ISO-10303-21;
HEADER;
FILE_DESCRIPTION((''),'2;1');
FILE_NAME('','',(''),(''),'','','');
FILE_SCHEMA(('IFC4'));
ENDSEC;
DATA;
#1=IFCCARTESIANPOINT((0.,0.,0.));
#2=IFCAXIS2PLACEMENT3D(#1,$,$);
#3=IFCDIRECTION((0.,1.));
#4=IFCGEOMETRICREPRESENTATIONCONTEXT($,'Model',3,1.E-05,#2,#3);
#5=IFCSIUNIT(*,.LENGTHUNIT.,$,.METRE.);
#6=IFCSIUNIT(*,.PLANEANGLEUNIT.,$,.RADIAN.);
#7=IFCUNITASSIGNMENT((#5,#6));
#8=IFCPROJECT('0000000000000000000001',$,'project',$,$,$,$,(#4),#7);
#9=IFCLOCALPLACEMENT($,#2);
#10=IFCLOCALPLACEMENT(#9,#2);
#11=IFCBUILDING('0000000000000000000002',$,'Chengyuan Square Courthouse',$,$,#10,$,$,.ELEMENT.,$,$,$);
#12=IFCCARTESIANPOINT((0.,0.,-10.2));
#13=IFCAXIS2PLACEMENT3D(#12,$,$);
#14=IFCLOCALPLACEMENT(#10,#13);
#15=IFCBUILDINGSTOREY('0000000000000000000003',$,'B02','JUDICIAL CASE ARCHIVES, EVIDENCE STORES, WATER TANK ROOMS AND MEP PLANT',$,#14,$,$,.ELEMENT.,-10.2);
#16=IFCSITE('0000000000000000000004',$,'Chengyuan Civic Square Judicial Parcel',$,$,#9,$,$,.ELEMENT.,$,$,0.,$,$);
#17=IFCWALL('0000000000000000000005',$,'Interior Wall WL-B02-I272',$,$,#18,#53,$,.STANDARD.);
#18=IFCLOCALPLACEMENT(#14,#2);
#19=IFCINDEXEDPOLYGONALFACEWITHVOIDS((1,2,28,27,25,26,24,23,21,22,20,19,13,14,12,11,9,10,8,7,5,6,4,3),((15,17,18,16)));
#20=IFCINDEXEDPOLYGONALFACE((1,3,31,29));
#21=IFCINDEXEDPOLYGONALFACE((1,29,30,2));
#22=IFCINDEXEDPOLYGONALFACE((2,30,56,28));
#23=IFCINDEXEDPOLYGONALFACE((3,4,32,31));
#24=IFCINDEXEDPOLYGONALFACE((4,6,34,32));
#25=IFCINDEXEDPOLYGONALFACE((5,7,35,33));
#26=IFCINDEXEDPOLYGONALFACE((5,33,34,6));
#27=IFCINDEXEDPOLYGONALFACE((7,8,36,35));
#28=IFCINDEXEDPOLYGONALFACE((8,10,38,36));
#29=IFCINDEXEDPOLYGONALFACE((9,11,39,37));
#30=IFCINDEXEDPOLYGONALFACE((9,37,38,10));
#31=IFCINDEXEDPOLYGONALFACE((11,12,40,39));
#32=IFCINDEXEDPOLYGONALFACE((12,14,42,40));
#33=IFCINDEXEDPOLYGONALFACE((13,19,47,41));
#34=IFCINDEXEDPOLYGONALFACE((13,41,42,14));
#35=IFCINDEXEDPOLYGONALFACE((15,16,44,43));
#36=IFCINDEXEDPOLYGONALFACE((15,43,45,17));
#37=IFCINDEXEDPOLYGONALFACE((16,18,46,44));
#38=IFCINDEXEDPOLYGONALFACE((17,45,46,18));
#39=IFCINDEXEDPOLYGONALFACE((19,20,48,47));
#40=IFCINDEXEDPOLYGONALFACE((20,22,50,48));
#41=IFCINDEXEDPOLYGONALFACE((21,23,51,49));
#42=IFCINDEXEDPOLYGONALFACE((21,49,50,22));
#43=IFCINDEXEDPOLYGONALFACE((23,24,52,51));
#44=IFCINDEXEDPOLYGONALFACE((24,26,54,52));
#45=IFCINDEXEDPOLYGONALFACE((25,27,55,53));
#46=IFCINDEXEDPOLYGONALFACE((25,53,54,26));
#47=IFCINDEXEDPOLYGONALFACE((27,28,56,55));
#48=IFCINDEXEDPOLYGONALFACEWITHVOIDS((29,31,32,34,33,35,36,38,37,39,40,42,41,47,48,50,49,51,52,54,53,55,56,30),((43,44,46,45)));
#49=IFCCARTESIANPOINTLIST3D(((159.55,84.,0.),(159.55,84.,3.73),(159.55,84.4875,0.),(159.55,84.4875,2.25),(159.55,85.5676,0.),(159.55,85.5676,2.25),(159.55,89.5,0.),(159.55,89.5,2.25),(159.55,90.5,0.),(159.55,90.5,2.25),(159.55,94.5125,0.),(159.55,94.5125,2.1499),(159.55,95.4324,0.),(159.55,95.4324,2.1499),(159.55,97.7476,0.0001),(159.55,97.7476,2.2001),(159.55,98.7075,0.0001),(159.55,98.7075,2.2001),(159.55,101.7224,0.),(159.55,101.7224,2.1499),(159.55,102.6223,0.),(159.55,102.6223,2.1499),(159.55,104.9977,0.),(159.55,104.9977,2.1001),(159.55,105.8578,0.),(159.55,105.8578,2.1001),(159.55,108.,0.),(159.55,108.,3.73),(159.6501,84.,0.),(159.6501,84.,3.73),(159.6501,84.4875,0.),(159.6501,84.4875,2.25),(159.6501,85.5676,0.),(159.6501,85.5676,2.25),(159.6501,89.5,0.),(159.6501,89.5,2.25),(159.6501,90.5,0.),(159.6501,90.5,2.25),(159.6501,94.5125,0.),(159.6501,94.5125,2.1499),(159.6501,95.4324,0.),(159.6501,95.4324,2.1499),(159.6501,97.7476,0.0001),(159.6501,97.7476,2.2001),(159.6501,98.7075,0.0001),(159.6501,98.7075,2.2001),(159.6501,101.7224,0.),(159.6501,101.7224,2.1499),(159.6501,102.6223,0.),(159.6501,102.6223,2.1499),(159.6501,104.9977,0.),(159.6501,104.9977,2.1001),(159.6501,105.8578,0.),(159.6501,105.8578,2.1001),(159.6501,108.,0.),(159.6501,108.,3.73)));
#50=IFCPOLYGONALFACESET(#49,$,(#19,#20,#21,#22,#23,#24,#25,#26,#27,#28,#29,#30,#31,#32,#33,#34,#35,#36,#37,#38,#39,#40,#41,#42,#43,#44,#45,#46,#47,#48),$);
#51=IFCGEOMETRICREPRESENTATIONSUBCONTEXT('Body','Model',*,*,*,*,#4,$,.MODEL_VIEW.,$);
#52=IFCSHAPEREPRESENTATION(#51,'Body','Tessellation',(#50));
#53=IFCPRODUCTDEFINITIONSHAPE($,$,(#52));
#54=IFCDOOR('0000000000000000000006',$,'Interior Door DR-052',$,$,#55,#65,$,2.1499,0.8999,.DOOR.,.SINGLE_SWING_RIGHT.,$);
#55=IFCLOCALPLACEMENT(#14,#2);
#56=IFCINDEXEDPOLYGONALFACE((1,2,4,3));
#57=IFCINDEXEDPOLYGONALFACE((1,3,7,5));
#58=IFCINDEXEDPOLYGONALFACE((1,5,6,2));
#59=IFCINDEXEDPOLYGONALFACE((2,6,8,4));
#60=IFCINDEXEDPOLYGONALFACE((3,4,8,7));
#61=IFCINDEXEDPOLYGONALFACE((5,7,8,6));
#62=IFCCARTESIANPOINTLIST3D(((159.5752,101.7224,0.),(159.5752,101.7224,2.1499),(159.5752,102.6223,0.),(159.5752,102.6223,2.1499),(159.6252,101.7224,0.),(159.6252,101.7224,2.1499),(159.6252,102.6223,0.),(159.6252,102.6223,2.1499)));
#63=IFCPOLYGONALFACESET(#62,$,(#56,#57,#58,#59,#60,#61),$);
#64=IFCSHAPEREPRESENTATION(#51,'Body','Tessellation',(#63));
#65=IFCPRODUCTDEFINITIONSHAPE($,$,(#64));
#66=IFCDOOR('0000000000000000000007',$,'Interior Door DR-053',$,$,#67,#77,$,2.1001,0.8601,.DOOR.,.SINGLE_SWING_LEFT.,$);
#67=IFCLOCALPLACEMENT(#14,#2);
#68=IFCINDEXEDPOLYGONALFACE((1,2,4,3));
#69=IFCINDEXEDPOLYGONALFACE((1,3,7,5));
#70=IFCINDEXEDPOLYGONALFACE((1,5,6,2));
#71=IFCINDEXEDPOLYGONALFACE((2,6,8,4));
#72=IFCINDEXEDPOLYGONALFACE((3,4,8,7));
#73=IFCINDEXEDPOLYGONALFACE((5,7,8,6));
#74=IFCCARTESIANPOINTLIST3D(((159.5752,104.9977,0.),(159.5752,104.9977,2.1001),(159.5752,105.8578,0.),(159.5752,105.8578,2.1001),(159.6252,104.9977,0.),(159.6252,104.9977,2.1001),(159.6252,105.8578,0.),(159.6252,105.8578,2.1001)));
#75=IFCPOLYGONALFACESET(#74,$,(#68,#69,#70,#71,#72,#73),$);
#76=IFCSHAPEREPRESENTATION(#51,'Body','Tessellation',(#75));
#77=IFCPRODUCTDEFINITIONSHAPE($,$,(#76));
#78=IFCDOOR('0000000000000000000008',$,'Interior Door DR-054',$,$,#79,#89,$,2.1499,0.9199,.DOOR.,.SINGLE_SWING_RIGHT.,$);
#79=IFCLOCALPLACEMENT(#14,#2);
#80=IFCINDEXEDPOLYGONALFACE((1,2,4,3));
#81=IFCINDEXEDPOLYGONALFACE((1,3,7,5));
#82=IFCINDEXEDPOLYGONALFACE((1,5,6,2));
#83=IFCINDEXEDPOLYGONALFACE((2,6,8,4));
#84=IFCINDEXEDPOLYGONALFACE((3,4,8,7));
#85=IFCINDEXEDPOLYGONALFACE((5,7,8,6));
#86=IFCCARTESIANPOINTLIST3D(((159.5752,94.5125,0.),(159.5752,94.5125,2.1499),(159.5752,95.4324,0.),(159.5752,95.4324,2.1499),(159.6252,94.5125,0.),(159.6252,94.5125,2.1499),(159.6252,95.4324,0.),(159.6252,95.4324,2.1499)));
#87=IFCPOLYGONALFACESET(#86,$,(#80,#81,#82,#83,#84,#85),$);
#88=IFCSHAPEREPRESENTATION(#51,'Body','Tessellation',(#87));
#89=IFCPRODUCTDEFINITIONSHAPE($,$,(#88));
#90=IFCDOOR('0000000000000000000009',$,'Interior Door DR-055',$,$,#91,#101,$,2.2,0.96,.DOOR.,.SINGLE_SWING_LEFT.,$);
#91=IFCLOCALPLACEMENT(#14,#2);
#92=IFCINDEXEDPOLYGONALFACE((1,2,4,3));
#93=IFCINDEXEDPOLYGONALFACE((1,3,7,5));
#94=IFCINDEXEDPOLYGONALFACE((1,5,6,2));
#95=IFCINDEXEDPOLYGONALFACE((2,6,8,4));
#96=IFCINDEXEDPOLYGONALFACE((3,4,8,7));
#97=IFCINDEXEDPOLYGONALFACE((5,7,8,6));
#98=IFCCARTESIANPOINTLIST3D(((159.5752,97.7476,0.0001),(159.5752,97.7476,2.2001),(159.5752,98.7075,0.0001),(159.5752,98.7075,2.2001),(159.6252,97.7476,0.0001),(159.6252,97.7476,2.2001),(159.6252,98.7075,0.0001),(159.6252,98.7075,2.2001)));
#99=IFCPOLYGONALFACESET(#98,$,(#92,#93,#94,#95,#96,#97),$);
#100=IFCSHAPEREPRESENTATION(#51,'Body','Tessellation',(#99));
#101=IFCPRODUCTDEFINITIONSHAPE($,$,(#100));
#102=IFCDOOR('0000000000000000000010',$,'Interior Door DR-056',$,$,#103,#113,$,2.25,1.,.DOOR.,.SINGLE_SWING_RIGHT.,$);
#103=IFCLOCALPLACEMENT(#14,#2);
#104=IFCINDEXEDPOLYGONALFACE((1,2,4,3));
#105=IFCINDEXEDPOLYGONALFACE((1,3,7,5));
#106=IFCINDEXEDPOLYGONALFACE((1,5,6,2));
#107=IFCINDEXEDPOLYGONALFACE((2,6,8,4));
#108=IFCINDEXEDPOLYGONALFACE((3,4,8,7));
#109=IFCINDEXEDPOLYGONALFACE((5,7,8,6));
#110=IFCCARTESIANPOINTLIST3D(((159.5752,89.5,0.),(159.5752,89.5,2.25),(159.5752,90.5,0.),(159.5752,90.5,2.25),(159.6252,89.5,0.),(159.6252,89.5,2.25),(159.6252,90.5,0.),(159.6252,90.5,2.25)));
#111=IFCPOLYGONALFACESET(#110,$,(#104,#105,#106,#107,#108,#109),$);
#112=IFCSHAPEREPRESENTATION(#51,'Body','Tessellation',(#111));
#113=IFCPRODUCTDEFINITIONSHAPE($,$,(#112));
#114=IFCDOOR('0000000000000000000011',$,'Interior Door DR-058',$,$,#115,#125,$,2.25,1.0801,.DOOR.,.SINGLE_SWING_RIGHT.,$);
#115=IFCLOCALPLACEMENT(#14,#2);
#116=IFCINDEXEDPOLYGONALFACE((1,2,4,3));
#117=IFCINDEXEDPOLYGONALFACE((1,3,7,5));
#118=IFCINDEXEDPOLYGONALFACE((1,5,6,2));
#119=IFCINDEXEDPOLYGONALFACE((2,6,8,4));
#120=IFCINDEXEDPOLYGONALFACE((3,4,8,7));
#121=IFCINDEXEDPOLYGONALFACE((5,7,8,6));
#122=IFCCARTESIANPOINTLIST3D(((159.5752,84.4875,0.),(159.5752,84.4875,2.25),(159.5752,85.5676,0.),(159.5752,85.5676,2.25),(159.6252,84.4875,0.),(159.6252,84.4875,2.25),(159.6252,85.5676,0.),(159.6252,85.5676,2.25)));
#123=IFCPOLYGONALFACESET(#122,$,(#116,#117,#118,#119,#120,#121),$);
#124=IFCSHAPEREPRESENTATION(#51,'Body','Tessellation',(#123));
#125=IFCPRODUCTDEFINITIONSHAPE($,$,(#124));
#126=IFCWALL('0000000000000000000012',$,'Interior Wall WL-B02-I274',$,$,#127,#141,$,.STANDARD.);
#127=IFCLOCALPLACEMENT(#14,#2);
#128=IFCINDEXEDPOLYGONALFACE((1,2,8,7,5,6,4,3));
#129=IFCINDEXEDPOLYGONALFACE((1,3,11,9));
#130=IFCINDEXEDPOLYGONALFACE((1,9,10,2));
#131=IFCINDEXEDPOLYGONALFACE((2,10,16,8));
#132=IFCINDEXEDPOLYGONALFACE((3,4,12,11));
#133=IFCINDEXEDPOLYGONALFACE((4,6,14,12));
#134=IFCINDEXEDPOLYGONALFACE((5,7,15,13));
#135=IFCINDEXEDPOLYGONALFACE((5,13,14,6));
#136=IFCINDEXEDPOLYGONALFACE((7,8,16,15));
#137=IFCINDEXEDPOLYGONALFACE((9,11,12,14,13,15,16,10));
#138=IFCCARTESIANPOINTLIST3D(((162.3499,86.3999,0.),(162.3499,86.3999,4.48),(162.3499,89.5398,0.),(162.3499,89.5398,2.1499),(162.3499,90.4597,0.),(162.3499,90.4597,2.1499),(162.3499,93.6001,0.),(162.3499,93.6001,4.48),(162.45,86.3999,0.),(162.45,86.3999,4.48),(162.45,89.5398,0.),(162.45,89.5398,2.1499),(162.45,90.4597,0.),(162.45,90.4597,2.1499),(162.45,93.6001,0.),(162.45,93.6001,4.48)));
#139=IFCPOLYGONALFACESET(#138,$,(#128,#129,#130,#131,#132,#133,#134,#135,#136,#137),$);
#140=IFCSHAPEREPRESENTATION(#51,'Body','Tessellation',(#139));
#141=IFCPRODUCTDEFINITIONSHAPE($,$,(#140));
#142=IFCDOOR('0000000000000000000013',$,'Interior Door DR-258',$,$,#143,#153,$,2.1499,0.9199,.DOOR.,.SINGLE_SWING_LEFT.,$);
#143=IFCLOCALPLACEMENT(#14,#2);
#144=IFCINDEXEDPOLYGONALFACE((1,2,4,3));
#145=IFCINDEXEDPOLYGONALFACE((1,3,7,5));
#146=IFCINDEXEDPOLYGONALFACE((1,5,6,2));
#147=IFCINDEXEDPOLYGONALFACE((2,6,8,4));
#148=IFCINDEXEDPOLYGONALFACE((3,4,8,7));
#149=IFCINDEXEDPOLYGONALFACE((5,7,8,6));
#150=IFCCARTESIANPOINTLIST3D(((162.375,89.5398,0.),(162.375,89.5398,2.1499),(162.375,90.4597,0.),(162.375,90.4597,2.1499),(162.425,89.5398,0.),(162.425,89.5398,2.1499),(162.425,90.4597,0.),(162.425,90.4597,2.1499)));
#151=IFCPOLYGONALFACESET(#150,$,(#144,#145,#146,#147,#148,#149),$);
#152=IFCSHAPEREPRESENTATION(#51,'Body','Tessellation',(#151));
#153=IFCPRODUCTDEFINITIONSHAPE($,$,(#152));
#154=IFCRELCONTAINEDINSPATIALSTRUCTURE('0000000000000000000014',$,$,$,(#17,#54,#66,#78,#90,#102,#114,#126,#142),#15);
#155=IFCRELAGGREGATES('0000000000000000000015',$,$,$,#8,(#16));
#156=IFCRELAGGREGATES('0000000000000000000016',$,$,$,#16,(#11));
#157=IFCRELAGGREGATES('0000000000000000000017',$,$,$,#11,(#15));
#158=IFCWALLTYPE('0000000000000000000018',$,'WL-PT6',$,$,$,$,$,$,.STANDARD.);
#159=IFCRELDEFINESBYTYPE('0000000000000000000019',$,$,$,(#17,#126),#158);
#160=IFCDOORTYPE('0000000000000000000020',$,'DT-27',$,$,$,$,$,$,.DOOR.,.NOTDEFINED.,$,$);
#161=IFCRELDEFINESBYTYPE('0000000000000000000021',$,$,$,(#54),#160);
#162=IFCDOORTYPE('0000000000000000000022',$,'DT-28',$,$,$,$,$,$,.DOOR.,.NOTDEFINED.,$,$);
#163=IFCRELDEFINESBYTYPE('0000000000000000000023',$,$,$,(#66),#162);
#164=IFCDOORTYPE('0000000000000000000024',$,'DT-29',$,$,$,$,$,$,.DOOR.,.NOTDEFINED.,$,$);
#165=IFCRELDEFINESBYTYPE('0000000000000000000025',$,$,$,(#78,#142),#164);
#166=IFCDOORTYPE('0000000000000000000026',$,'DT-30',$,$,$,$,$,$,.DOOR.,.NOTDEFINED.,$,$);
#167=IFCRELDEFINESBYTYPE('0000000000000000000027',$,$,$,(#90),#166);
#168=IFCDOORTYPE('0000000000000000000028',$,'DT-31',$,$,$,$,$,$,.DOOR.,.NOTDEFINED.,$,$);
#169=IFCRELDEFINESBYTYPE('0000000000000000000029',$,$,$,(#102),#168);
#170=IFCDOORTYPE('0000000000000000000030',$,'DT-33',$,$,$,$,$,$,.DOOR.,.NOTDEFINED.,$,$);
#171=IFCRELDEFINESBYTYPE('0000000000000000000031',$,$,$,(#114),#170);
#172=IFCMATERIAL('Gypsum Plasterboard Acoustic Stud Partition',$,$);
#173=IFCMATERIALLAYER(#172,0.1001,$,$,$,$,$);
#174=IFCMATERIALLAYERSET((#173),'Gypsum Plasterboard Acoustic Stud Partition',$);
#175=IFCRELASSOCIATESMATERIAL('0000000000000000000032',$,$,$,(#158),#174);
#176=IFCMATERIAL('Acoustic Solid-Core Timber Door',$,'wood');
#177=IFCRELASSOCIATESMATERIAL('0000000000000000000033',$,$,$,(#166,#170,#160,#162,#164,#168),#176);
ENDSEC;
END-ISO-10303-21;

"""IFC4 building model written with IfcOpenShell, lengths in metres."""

from ifc_helpers import new_model, si_unit, direction, frame, frame_2d, origin, place, context, subcontext, project, spatial, rectangle, extrude, material, layer, layer_set, type_object, element, fill, save


model = new_model("IFC4")

# Units and contexts
model_context = context("Model", 3, precision=1e-05, world=origin(), true_north=direction((0.0, 1.0)))
body_context = subcontext(model_context, "Body", "Model", "MODEL_VIEW")
ifc_project = project(units=[si_unit("LENGTHUNIT", "METRE"), si_unit("PLANEANGLEUNIT", "RADIAN")], contexts=[model_context])

# Site, building, storey
site_placement = place(None, origin())
site = spatial("IfcSite", under=ifc_project, at=site_placement, Name="Chengyuan Civic Square Judicial Parcel", CompositionType="ELEMENT", RefElevation=0.0)
building_placement = place(site_placement, origin())
building = spatial("IfcBuilding", under=site, at=building_placement, Name="Chengyuan Square Courthouse", CompositionType="ELEMENT")
storey_placement = place(building_placement, frame((0.0, 0.0, -10.2)))
storey = spatial("IfcBuildingStorey", under=building, at=storey_placement, Name="B02", Description="JUDICIAL CASE ARCHIVES, EVIDENCE STORES, WATER TANK ROOMS AND MEP PLANT", CompositionType="ELEMENT", Elevation=-10.2)

# Wall, openings, doors
ifc_material_1 = material(Name="Gypsum Plasterboard Acoustic Stud Partition")
ifc_layer_1 = layer(ifc_material_1, 0.1001)
ifc_layer_set_1 = layer_set([ifc_layer_1], Name="Gypsum Plasterboard Acoustic Stud Partition")
wall_type_1 = type_object("IfcWallType", Name="WL-PT6", PredefinedType="STANDARD", material=ifc_layer_set_1)
ifc_material_2 = material(Name="Acoustic Solid-Core Timber Door", Category="wood")
door_type_1 = type_object("IfcDoorType", Name="DT-30", OperationType="NOTDEFINED", PredefinedType="DOOR", material=ifc_material_2)
door_type_2 = type_object("IfcDoorType", Name="DT-33", OperationType="NOTDEFINED", PredefinedType="DOOR", material=ifc_material_2)
wall_1_placement = place(storey_placement, frame((159.6001, 84.0, 0.0), z_axis=(0.0, 0.0, 1.0), x_axis=(0.0, 1.0, 0.0)))
wall_1 = element("IfcWall", 1, at=wall_1_placement, inside=storey, type_object=wall_type_1, Name="Interior Wall WL-B02-I272", PredefinedType="STANDARD", context=body_context, shape_type="SweptSolid", body=[
    extrude(rectangle(XDim=24.0, YDim=0.1001, at=frame_2d((12.0, 0.0))), origin(), (0.0, 0.0, 1.0), 3.73),
])
opening_1_placement = place(wall_1_placement, frame((17.7224, 0.0, 0.0)))
opening_1 = element("IfcOpeningElement", 2, at=opening_1_placement, cuts=wall_1, PredefinedType="OPENING", context=body_context, shape_type="SweptSolid", body=[
    extrude(rectangle(XDim=0.8999, YDim=2.1499, at=frame_2d((0.45, 1.075))), frame((0.0, 0.062, 0.0), z_axis=(0.0, -1.0, 0.0), x_axis=(1.0, 0.0, 0.0)), (0.0, 0.0, 1.0), 0.124),
])
opening_2_placement = place(wall_1_placement, frame((20.9976, 0.0, 0.0)))
opening_2 = element("IfcOpeningElement", 3, at=opening_2_placement, cuts=wall_1, PredefinedType="OPENING", context=body_context, shape_type="SweptSolid", body=[
    extrude(rectangle(XDim=0.8601, YDim=2.1001, at=frame_2d((0.4302, 1.05))), frame((0.0, 0.062, 0.0), z_axis=(0.0, -1.0, 0.0), x_axis=(1.0, 0.0, 0.0)), (0.0, 0.0, 1.0), 0.124),
])
opening_3_placement = place(wall_1_placement, frame((10.5125, 0.0, 0.0)))
opening_3 = element("IfcOpeningElement", 4, at=opening_3_placement, cuts=wall_1, PredefinedType="OPENING", context=body_context, shape_type="SweptSolid", body=[
    extrude(rectangle(XDim=0.9199, YDim=2.1499, at=frame_2d((0.46, 1.075))), frame((0.0, 0.062, 0.0), z_axis=(0.0, -1.0, 0.0), x_axis=(1.0, 0.0, 0.0)), (0.0, 0.0, 1.0), 0.124),
])
opening_4_placement = place(wall_1_placement, frame((13.7476, 0.0, 0.0)))
opening_4 = element("IfcOpeningElement", 5, at=opening_4_placement, cuts=wall_1, PredefinedType="OPENING", context=body_context, shape_type="SweptSolid", body=[
    extrude(rectangle(XDim=0.96, YDim=2.2, at=frame_2d((0.48, 1.1001))), frame((0.0, 0.062, 0.0), z_axis=(0.0, -1.0, 0.0), x_axis=(1.0, 0.0, 0.0)), (0.0, 0.0, 1.0), 0.124),
])
opening_5_placement = place(wall_1_placement, frame((5.5, 0.0, 0.0)))
opening_5 = element("IfcOpeningElement", 6, at=opening_5_placement, cuts=wall_1, PredefinedType="OPENING", context=body_context, shape_type="SweptSolid", body=[
    extrude(rectangle(XDim=1.0, YDim=2.25, at=frame_2d((0.5, 1.125))), frame((0.0, 0.062, 0.0), z_axis=(0.0, -1.0, 0.0), x_axis=(1.0, 0.0, 0.0)), (0.0, 0.0, 1.0), 0.124),
])
opening_6_placement = place(wall_1_placement, frame((0.4875, 0.0, 0.0)))
opening_6 = element("IfcOpeningElement", 7, at=opening_6_placement, cuts=wall_1, PredefinedType="OPENING", context=body_context, shape_type="SweptSolid", body=[
    extrude(rectangle(XDim=1.0801, YDim=2.25, at=frame_2d((0.54, 1.125))), frame((0.0, 0.062, 0.0), z_axis=(0.0, -1.0, 0.0), x_axis=(1.0, 0.0, 0.0)), (0.0, 0.0, 1.0), 0.124),
])
door_type_3 = type_object("IfcDoorType", Name="DT-27", OperationType="NOTDEFINED", PredefinedType="DOOR", material=ifc_material_2)
door_1_placement = place(opening_1_placement, origin())
door_1 = element("IfcDoor", 8, at=door_1_placement, inside=storey, type_object=door_type_3, Name="Interior Door DR-052", OperationType="SINGLE_SWING_RIGHT", OverallHeight=2.1499, OverallWidth=0.8999, PredefinedType="DOOR", context=body_context, shape_type="SweptSolid", body=[
    extrude(rectangle(XDim=0.8999, YDim=2.1499, at=frame_2d((0.45, 1.075))), frame((0.0, 0.0249, 0.0), z_axis=(0.0, -1.0, 0.0), x_axis=(1.0, 0.0, 0.0)), (0.0, 0.0, 1.0), 0.05),
])
fill(opening_1, door_1)
door_type_4 = type_object("IfcDoorType", Name="DT-28", OperationType="NOTDEFINED", PredefinedType="DOOR", material=ifc_material_2)
door_2_placement = place(opening_2_placement, origin())
door_2 = element("IfcDoor", 9, at=door_2_placement, inside=storey, type_object=door_type_4, Name="Interior Door DR-053", OperationType="SINGLE_SWING_LEFT", OverallHeight=2.1001, OverallWidth=0.8601, PredefinedType="DOOR", context=body_context, shape_type="SweptSolid", body=[
    extrude(rectangle(XDim=0.8601, YDim=2.1001, at=frame_2d((0.4302, 1.05))), frame((0.0, 0.0249, 0.0), z_axis=(0.0, -1.0, 0.0), x_axis=(1.0, 0.0, 0.0)), (0.0, 0.0, 1.0), 0.05),
])
fill(opening_2, door_2)
door_type_5 = type_object("IfcDoorType", Name="DT-29", OperationType="NOTDEFINED", PredefinedType="DOOR", material=ifc_material_2)
door_3_placement = place(opening_3_placement, origin())
door_3 = element("IfcDoor", 10, at=door_3_placement, inside=storey, type_object=door_type_5, Name="Interior Door DR-054", OperationType="SINGLE_SWING_RIGHT", OverallHeight=2.1499, OverallWidth=0.9199, PredefinedType="DOOR", context=body_context, shape_type="SweptSolid", body=[
    extrude(rectangle(XDim=0.9199, YDim=2.1499, at=frame_2d((0.46, 1.075))), frame((0.0, 0.0249, 0.0), z_axis=(0.0, -1.0, 0.0), x_axis=(1.0, 0.0, 0.0)), (0.0, 0.0, 1.0), 0.05),
])
fill(opening_3, door_3)
door_4_placement = place(opening_4_placement, origin())
door_4 = element("IfcDoor", 11, at=door_4_placement, inside=storey, type_object=door_type_1, Name="Interior Door DR-055", OperationType="SINGLE_SWING_LEFT", OverallHeight=2.2, OverallWidth=0.96, PredefinedType="DOOR", context=body_context, shape_type="SweptSolid", body=[
    extrude(rectangle(XDim=0.96, YDim=2.2, at=frame_2d((0.48, 1.1001))), frame((0.0, 0.0249, 0.0), z_axis=(0.0, -1.0, 0.0), x_axis=(1.0, 0.0, 0.0)), (0.0, 0.0, 1.0), 0.05),
])
fill(opening_4, door_4)
door_type_6 = type_object("IfcDoorType", Name="DT-31", OperationType="NOTDEFINED", PredefinedType="DOOR", material=ifc_material_2)
door_5_placement = place(opening_5_placement, origin())
door_5 = element("IfcDoor", 12, at=door_5_placement, inside=storey, type_object=door_type_6, Name="Interior Door DR-056", OperationType="SINGLE_SWING_RIGHT", OverallHeight=2.25, OverallWidth=1.0, PredefinedType="DOOR", context=body_context, shape_type="SweptSolid", body=[
    extrude(rectangle(XDim=1.0, YDim=2.25, at=frame_2d((0.5, 1.125))), frame((0.0, 0.0249, 0.0), z_axis=(0.0, -1.0, 0.0), x_axis=(1.0, 0.0, 0.0)), (0.0, 0.0, 1.0), 0.05),
])
fill(opening_5, door_5)
door_6_placement = place(opening_6_placement, origin())
door_6 = element("IfcDoor", 13, at=door_6_placement, inside=storey, type_object=door_type_2, Name="Interior Door DR-058", OperationType="SINGLE_SWING_RIGHT", OverallHeight=2.25, OverallWidth=1.0801, PredefinedType="DOOR", context=body_context, shape_type="SweptSolid", body=[
    extrude(rectangle(XDim=1.0801, YDim=2.25, at=frame_2d((0.54, 1.125))), frame((0.0, 0.0249, 0.0), z_axis=(0.0, -1.0, 0.0), x_axis=(1.0, 0.0, 0.0)), (0.0, 0.0, 1.0), 0.05),
])
fill(opening_6, door_6)

# Wall, opening, door
wall_2_placement = place(storey_placement, frame((162.3999, 86.3999, 0.0), z_axis=(0.0, 0.0, 1.0), x_axis=(0.0, 1.0, 0.0)))
wall_2 = element("IfcWall", 14, at=wall_2_placement, inside=storey, type_object=wall_type_1, Name="Interior Wall WL-B02-I274", PredefinedType="STANDARD", context=body_context, shape_type="SweptSolid", body=[
    extrude(rectangle(XDim=7.2002, YDim=0.1001, at=frame_2d((3.6001, 0.0))), origin(), (0.0, 0.0, 1.0), 4.48),
])
opening_7_placement = place(wall_2_placement, frame((3.1399, 0.0, 0.0)))
opening_7 = element("IfcOpeningElement", 15, at=opening_7_placement, cuts=wall_2, PredefinedType="OPENING", context=body_context, shape_type="SweptSolid", body=[
    extrude(rectangle(XDim=0.9199, YDim=2.1499, at=frame_2d((0.46, 1.075))), frame((0.0, 0.062, 0.0), z_axis=(0.0, -1.0, 0.0), x_axis=(1.0, 0.0, 0.0)), (0.0, 0.0, 1.0), 0.124),
])
door_7_placement = place(opening_7_placement, origin())
door_7 = element("IfcDoor", 16, at=door_7_placement, inside=storey, type_object=door_type_5, Name="Interior Door DR-258", OperationType="SINGLE_SWING_LEFT", OverallHeight=2.1499, OverallWidth=0.9199, PredefinedType="DOOR", context=body_context, shape_type="SweptSolid", body=[
    extrude(rectangle(XDim=0.9199, YDim=2.1499, at=frame_2d((0.46, 1.075))), frame((0.0, 0.0249, 0.0), z_axis=(0.0, -1.0, 0.0), x_axis=(1.0, 0.0, 0.0)), (0.0, 0.0, 1.0), 0.05),
])
fill(opening_7, door_7)

save(model, "model.ifc")
